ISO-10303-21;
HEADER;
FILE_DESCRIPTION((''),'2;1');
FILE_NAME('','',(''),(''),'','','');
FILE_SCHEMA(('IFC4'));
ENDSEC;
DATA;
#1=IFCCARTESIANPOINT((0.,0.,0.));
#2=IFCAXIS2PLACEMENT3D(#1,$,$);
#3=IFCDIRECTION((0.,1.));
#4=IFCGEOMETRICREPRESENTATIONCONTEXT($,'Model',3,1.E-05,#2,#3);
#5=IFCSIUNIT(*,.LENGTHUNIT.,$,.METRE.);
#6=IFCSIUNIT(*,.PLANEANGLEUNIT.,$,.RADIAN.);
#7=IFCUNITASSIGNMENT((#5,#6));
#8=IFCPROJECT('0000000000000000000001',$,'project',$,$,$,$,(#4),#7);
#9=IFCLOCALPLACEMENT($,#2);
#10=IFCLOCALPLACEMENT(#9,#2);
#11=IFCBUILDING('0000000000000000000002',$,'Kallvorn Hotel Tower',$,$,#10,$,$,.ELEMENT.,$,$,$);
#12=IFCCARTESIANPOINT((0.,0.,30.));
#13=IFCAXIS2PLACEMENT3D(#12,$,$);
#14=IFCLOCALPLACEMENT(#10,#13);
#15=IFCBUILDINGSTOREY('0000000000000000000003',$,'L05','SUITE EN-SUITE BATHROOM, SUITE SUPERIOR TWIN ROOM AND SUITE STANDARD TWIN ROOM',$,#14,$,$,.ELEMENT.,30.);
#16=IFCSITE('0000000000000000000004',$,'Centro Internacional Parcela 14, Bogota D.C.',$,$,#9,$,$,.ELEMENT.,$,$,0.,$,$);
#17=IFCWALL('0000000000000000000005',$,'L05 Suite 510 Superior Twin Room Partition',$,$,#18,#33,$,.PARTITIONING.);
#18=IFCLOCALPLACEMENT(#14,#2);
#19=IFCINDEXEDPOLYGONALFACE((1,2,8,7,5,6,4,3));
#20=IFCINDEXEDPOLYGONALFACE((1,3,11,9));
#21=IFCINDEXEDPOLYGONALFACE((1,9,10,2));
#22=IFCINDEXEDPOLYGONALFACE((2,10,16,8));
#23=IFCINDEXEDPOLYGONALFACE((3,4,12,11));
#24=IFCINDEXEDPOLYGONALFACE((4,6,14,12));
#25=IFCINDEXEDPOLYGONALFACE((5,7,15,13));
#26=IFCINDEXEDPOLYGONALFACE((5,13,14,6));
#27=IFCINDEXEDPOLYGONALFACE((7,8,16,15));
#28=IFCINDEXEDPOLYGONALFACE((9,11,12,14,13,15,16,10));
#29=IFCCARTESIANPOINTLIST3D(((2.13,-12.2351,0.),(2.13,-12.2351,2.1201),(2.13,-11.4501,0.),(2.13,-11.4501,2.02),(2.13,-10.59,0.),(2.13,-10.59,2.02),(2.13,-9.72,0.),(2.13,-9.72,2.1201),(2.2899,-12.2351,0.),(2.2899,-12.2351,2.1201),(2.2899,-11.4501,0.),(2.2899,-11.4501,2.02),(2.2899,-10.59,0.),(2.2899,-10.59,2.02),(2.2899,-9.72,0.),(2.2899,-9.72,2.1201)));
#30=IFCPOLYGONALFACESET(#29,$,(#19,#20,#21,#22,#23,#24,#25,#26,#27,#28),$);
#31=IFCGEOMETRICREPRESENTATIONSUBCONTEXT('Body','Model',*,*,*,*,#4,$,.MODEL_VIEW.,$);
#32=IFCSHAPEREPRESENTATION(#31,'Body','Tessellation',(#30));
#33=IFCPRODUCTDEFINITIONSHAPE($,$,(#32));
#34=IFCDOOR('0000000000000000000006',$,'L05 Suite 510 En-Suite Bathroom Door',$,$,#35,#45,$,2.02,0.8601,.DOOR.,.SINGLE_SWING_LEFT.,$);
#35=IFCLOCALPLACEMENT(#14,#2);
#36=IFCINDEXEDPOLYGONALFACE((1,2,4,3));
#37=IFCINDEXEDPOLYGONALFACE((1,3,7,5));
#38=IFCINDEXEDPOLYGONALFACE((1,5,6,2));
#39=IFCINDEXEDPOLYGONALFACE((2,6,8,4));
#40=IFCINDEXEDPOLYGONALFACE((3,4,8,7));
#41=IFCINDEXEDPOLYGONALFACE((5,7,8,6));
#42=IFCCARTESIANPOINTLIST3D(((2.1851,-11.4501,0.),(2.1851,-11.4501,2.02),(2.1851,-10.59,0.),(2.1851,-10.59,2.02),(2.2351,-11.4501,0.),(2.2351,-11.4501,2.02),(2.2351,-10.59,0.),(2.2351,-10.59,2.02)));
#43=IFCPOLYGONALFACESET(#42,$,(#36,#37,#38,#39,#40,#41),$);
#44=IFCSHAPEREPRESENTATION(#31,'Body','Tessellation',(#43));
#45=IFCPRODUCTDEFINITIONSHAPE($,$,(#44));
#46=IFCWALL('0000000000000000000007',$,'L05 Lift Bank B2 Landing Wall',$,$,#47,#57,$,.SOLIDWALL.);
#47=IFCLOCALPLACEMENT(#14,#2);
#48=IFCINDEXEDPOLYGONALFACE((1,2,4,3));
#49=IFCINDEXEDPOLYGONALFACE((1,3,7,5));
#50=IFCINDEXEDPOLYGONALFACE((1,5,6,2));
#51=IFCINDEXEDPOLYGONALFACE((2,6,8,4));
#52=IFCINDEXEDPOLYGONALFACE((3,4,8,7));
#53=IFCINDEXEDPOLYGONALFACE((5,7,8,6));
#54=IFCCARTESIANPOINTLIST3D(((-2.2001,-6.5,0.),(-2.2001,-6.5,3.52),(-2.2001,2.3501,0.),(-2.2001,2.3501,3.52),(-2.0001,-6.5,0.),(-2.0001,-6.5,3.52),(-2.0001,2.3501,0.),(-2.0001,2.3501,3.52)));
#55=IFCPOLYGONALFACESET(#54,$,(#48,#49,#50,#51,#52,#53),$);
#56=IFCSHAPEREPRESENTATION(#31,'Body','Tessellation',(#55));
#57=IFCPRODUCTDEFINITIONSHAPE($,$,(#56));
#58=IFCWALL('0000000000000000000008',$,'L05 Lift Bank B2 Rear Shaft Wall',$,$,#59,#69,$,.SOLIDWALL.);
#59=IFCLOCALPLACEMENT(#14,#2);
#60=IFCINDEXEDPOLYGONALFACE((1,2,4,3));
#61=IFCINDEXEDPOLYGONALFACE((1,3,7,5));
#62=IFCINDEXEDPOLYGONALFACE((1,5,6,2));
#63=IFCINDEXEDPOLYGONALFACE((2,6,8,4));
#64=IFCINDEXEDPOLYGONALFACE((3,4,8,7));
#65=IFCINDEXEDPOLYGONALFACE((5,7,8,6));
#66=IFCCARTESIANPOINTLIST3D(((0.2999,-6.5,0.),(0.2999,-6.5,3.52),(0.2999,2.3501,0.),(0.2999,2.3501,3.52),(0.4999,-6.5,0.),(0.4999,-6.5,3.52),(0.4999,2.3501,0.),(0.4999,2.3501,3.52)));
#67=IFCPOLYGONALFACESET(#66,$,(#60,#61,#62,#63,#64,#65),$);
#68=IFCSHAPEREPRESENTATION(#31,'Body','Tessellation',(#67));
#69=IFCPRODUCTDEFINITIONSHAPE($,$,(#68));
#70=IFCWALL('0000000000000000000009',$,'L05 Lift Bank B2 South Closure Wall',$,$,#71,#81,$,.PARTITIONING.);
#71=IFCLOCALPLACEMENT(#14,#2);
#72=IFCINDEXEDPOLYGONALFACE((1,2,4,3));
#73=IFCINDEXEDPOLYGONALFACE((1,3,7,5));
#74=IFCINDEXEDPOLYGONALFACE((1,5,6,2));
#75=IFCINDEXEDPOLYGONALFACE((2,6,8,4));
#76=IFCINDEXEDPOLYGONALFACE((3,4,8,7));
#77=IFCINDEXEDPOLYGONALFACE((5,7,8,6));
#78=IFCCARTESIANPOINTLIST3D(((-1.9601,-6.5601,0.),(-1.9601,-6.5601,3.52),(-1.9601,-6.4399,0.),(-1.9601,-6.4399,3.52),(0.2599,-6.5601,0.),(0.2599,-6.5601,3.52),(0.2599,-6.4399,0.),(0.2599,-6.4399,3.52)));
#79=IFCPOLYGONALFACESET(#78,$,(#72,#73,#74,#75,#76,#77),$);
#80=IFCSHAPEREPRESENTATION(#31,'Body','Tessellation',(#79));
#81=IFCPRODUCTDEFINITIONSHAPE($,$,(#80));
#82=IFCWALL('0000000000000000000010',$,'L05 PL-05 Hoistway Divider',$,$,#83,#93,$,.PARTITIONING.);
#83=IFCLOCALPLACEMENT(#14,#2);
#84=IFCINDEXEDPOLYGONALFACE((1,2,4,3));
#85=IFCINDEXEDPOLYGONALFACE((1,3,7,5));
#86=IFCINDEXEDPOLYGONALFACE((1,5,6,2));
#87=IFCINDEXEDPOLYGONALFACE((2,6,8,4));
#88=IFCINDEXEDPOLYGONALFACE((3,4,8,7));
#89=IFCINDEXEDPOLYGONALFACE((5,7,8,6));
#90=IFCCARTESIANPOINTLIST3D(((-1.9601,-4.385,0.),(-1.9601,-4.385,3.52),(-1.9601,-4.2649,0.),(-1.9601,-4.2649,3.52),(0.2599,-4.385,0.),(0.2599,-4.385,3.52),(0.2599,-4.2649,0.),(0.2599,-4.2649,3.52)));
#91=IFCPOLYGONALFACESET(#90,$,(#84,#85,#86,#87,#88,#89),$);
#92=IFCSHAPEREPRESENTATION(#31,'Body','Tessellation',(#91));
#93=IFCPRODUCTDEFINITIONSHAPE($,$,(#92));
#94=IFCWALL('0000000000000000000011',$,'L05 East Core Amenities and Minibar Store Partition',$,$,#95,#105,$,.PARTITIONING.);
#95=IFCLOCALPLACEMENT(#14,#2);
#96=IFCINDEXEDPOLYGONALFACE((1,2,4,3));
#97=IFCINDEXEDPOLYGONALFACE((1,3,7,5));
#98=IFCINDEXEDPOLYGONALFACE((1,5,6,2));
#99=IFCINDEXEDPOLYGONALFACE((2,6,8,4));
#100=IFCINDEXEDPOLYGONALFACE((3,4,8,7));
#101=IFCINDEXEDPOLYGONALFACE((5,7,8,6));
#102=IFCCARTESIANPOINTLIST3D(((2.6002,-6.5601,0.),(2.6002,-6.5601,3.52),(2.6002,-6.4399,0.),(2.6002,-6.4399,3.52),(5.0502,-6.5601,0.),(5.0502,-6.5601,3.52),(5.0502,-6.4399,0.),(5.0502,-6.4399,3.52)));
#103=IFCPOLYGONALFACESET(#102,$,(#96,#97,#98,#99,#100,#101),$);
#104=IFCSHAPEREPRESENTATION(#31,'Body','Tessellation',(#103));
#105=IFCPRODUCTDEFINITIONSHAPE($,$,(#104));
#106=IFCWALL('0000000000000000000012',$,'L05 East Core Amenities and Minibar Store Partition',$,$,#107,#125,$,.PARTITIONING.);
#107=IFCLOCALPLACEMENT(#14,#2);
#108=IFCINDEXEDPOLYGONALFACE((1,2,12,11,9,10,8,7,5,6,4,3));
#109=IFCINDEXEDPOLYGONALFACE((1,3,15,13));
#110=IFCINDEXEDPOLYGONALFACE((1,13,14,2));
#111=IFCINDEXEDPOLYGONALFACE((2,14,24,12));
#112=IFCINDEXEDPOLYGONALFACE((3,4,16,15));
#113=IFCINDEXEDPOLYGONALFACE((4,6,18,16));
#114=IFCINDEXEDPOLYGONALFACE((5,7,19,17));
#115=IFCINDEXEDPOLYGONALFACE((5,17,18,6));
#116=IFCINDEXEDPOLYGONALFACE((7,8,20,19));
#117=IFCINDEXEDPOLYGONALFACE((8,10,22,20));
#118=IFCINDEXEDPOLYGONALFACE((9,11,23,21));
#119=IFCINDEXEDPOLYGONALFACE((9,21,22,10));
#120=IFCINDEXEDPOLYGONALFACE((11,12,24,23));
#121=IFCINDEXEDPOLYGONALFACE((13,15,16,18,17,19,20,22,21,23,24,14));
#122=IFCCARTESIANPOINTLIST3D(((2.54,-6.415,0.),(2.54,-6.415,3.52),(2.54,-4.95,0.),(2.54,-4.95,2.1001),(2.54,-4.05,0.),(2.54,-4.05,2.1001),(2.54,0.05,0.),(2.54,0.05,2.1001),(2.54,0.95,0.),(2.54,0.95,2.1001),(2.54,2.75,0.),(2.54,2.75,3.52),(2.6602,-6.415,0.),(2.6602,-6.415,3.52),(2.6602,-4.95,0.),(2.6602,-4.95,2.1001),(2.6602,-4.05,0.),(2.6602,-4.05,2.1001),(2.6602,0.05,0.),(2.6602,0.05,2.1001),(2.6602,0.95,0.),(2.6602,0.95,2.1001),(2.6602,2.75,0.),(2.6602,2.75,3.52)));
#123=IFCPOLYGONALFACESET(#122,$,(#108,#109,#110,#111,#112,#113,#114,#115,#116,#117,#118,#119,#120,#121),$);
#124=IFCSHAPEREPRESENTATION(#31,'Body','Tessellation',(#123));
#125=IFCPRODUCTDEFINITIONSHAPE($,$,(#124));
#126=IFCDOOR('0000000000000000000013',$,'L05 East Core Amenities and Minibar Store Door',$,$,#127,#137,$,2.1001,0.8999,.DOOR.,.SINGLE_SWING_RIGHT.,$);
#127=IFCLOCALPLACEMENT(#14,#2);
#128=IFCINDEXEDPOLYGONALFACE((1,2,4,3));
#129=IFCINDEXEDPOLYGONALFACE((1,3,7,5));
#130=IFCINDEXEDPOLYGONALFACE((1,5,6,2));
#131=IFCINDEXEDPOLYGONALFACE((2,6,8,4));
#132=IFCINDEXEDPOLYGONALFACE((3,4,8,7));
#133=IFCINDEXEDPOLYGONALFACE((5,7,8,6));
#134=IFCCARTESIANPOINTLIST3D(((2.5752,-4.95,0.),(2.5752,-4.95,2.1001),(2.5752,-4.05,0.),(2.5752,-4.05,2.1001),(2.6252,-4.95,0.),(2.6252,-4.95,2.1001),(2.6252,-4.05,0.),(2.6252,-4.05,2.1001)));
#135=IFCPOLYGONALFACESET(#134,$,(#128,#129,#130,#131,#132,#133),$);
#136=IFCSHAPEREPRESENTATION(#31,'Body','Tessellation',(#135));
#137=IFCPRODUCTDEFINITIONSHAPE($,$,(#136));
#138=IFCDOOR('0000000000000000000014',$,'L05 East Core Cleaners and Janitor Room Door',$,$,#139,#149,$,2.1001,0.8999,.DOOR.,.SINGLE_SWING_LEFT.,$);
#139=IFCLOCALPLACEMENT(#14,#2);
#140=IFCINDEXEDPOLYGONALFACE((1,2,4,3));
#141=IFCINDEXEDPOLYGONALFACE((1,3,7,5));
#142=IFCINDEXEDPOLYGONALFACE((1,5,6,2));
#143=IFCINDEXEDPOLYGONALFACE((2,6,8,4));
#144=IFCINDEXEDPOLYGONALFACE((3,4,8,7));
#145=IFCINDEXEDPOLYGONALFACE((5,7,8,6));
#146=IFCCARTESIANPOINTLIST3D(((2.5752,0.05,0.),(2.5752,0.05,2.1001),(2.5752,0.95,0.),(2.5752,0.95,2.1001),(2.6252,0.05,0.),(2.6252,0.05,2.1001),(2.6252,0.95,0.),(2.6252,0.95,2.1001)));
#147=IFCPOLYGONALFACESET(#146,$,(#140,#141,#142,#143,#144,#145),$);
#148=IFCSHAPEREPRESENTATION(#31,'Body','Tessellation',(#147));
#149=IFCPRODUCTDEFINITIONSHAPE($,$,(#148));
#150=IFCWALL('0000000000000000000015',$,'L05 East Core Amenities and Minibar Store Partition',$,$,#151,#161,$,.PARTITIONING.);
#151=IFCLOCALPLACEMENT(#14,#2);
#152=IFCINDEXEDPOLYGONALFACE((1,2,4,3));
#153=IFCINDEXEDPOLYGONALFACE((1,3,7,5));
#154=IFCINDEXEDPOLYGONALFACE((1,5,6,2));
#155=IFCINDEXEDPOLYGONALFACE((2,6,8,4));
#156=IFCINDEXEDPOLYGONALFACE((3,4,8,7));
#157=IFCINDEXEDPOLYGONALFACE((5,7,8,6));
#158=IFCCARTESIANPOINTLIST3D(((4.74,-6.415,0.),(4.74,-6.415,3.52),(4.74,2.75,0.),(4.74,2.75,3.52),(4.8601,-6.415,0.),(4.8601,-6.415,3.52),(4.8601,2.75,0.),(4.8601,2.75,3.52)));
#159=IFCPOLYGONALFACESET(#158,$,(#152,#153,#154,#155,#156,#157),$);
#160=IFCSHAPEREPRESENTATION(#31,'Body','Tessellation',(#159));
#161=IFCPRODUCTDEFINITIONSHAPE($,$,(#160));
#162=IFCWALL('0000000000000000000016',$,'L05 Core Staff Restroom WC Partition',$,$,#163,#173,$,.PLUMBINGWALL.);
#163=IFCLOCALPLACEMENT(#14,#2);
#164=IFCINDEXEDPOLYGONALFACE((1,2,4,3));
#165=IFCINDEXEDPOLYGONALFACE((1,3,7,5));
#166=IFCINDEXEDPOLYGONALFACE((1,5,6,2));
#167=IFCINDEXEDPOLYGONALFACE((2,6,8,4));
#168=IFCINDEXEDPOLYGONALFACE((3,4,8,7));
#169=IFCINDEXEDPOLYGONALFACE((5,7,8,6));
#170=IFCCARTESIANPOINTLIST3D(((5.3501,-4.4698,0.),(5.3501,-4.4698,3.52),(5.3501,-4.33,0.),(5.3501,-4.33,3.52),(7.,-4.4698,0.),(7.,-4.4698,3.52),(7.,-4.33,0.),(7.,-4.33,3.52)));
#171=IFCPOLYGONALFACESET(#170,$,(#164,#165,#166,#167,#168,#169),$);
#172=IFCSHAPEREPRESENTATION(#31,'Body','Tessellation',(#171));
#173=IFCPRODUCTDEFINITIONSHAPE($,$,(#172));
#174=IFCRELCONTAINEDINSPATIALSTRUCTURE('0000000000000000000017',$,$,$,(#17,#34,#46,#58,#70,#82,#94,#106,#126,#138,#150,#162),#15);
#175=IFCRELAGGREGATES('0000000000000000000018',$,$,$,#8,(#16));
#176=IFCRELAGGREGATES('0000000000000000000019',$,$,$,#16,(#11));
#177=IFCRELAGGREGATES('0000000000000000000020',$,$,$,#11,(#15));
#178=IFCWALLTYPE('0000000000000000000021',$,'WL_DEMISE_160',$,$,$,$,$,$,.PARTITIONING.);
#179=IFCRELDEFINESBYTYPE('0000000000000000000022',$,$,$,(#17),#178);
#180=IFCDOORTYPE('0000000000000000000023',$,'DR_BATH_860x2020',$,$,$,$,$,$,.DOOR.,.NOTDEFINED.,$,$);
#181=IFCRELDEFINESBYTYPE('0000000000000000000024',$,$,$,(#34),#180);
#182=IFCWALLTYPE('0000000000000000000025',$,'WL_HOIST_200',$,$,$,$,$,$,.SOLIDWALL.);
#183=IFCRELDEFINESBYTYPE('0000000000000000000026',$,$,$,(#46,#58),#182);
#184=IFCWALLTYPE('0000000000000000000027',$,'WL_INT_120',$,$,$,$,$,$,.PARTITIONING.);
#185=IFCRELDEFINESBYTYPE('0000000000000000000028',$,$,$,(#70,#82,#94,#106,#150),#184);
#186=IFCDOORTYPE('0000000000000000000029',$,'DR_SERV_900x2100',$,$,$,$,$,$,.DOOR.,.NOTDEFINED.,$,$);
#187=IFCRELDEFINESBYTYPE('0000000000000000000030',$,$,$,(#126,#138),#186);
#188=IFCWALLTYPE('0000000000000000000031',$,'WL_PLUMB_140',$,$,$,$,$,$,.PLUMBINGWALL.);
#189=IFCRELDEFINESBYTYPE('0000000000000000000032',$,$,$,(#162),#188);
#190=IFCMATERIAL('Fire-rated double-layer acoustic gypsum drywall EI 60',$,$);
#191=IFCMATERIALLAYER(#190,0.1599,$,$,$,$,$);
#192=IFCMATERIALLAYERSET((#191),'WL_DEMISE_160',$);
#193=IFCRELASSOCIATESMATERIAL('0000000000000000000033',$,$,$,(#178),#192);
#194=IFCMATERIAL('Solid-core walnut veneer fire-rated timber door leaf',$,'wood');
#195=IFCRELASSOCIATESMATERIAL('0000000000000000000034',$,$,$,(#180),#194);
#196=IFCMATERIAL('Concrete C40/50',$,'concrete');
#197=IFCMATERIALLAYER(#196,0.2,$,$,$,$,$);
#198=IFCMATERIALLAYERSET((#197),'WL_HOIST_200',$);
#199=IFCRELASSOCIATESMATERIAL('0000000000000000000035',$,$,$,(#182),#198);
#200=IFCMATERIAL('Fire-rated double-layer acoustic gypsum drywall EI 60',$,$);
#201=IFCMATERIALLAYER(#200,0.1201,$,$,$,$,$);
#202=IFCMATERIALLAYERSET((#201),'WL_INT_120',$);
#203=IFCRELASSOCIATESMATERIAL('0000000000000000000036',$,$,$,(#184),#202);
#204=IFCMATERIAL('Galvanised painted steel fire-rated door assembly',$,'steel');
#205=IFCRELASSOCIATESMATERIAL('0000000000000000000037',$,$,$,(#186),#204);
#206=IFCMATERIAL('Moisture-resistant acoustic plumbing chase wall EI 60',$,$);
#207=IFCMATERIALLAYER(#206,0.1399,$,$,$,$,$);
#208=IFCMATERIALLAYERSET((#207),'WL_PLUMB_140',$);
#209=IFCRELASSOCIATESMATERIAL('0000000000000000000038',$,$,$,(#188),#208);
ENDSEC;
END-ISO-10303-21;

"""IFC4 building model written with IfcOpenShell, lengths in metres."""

from ifc_helpers import new_model, si_unit, direction, frame, frame_2d, origin, place, context, subcontext, project, spatial, rectangle, extrude, material, layer, layer_set, type_object, element, fill, save


model = new_model("IFC4")

# Units and contexts
model_context = context("Model", 3, precision=1e-05, world=origin(), true_north=direction((0.0, 1.0)))
body_context = subcontext(model_context, "Body", "Model", "MODEL_VIEW")
ifc_project = project(units=[si_unit("LENGTHUNIT", "METRE"), si_unit("PLANEANGLEUNIT", "RADIAN")], contexts=[model_context])

# Site, building, storey
site_placement = place(None, origin())
site = spatial("IfcSite", under=ifc_project, at=site_placement, Name="Centro Internacional Parcela 14, Bogota D.C.", CompositionType="ELEMENT", RefElevation=0.0)
building_placement = place(site_placement, origin())
building = spatial("IfcBuilding", under=site, at=building_placement, Name="Kallvorn Hotel Tower", CompositionType="ELEMENT")
storey_placement = place(building_placement, frame((0.0, 0.0, 30.0)))
storey = spatial("IfcBuildingStorey", under=building, at=storey_placement, Name="L05", Description="SUITE EN-SUITE BATHROOM, SUITE SUPERIOR TWIN ROOM AND SUITE STANDARD TWIN ROOM", CompositionType="ELEMENT", Elevation=30.0)

# Wall, opening, door
ifc_material_1 = material(Name="Fire-rated double-layer acoustic gypsum drywall EI 60")
ifc_layer_1 = layer(ifc_material_1, 0.1599)
ifc_layer_set_1 = layer_set([ifc_layer_1], Name="WL_DEMISE_160")
wall_type_1 = type_object("IfcWallType", Name="WL_DEMISE_160", PredefinedType="PARTITIONING", material=ifc_layer_set_1)
ifc_material_2 = material(Name="Solid-core walnut veneer fire-rated timber door leaf", Category="wood")
door_type_1 = type_object("IfcDoorType", Name="DR_BATH_860x2020", OperationType="NOTDEFINED", PredefinedType="DOOR", material=ifc_material_2)
wall_1_placement = place(storey_placement, frame((2.21, -12.2351, 0.0), z_axis=(0.0, 0.0, 1.0), x_axis=(0.0, 1.0, 0.0)))
wall_1 = element("IfcWall", 1, at=wall_1_placement, inside=storey, type_object=wall_type_1, Name="L05 Suite 510 Superior Twin Room Partition", PredefinedType="PARTITIONING", context=body_context, shape_type="SweptSolid", body=[
    extrude(rectangle(XDim=2.5151, YDim=0.1599, at=frame_2d((1.2576, 0.0))), origin(), (0.0, 0.0, 1.0), 2.1201),
])
opening_1_placement = place(wall_1_placement, frame((0.7849, 0.0, 0.0)))
opening_1 = element("IfcOpeningElement", 2, at=opening_1_placement, cuts=wall_1, PredefinedType="OPENING", context=body_context, shape_type="SweptSolid", body=[
    extrude(rectangle(XDim=0.8601, YDim=2.02, at=frame_2d((0.4302, 1.01))), frame((0.0, 0.095, 0.0), z_axis=(0.0, -1.0, 0.0), x_axis=(1.0, 0.0, 0.0)), (0.0, 0.0, 1.0), 0.1899),
])
door_1_placement = place(opening_1_placement, origin())
door_1 = element("IfcDoor", 3, at=door_1_placement, inside=storey, type_object=door_type_1, Name="L05 Suite 510 En-Suite Bathroom Door", OperationType="SINGLE_SWING_LEFT", OverallHeight=2.02, OverallWidth=0.8601, PredefinedType="DOOR", context=body_context, shape_type="SweptSolid", body=[
    extrude(rectangle(XDim=0.8601, YDim=2.02, at=frame_2d((0.4302, 1.01))), frame((0.0, 0.0249, 0.0), z_axis=(0.0, -1.0, 0.0), x_axis=(1.0, 0.0, 0.0)), (0.0, 0.0, 1.0), 0.05),
])
fill(opening_1, door_1)

# Walls
ifc_material_3 = material(Name="Concrete C40/50", Category="concrete")
ifc_layer_2 = layer(ifc_material_3, 0.2)
ifc_layer_set_2 = layer_set([ifc_layer_2], Name="WL_HOIST_200")
wall_type_2 = type_object("IfcWallType", Name="WL_HOIST_200", PredefinedType="SOLIDWALL", material=ifc_layer_set_2)
for number, where, z_axis, x_axis, name in (
    (4, (-2.1001, -6.5, 0.0), (0.0, 0.0, 1.0), (0.0, 1.0, 0.0), "L05 Lift Bank B2 Landing Wall"),
    (5, (0.3999, -6.5, 0.0), (0.0, 0.0, 1.0), (0.0, 1.0, 0.0), "L05 Lift Bank B2 Rear Shaft Wall"),
):
    element("IfcWall", number, at=place(storey_placement, frame(where, z_axis=z_axis, x_axis=x_axis)), inside=storey, type_object=wall_type_2, Name=name, PredefinedType="SOLIDWALL", context=body_context, shape_type="SweptSolid", body=[
        extrude(rectangle(XDim=8.8501, YDim=0.2, at=frame_2d((4.425, 0.0))), origin(), (0.0, 0.0, 1.0), 3.52),
    ])
ifc_material_4 = material(Name="Fire-rated double-layer acoustic gypsum drywall EI 60")
ifc_layer_3 = layer(ifc_material_4, 0.1201)
ifc_layer_set_3 = layer_set([ifc_layer_3], Name="WL_INT_120")
wall_type_3 = type_object("IfcWallType", Name="WL_INT_120", PredefinedType="PARTITIONING", material=ifc_layer_set_3)
for number, where, z_axis, x_axis, name in (
    (6, (-1.96, -6.5, 0.0), (0.0, 0.0, 1.0), (1.0, 0.0, 0.0), "L05 Lift Bank B2 South Closure Wall"),
    (7, (-1.96, -4.325, 0.0), (0.0, 0.0, 1.0), (1.0, 0.0, 0.0), "L05 PL-05 Hoistway Divider"),
):
    element("IfcWall", number, at=place(storey_placement, frame(where, z_axis=z_axis, x_axis=x_axis)), inside=storey, type_object=wall_type_3, Name=name, PredefinedType="PARTITIONING", context=body_context, shape_type="SweptSolid", body=[
        extrude(rectangle(XDim=2.22, YDim=0.1201, at=frame_2d((1.1099, 0.0))), origin(), (0.0, 0.0, 1.0), 3.52),
    ])
wall_2_placement = place(storey_placement, frame((2.6001, -6.5, 0.0), z_axis=(0.0, 0.0, 1.0), x_axis=(1.0, 0.0, 0.0)))
element("IfcWall", 8, at=wall_2_placement, inside=storey, type_object=wall_type_3, Name="L05 East Core Amenities and Minibar Store Partition", PredefinedType="PARTITIONING", context=body_context, shape_type="SweptSolid", body=[
    extrude(rectangle(XDim=2.45, YDim=0.1201, at=frame_2d((1.2251, 0.0))), origin(), (0.0, 0.0, 1.0), 3.52),
])

# Wall, openings, doors
wall_3_placement = place(storey_placement, frame((2.6001, -6.415, 0.0), z_axis=(0.0, 0.0, 1.0), x_axis=(0.0, 1.0, 0.0)))
wall_3 = element("IfcWall", 9, at=wall_3_placement, inside=storey, type_object=wall_type_3, Name="L05 East Core Amenities and Minibar Store Partition", PredefinedType="PARTITIONING", context=body_context, shape_type="SweptSolid", body=[
    extrude(rectangle(XDim=9.165, YDim=0.1201, at=frame_2d((4.5825, 0.0))), origin(), (0.0, 0.0, 1.0), 3.52),
])
opening_2_placement = place(wall_3_placement, frame((1.4651, 0.0, 0.0)))
opening_2 = element("IfcOpeningElement", 10, at=opening_2_placement, cuts=wall_3, PredefinedType="OPENING", context=body_context, shape_type="SweptSolid", body=[
    extrude(rectangle(XDim=0.8999, YDim=2.1001, at=frame_2d((0.45, 1.05))), frame((0.0, 0.075, 0.0), z_axis=(0.0, -1.0, 0.0), x_axis=(1.0, 0.0, 0.0)), (0.0, 0.0, 1.0), 0.1501),
])
opening_3_placement = place(wall_3_placement, frame((6.4651, 0.0, 0.0)))
opening_3 = element("IfcOpeningElement", 11, at=opening_3_placement, cuts=wall_3, PredefinedType="OPENING", context=body_context, shape_type="SweptSolid", body=[
    extrude(rectangle(XDim=0.8999, YDim=2.1001, at=frame_2d((0.45, 1.05))), frame((0.0, 0.075, 0.0), z_axis=(0.0, -1.0, 0.0), x_axis=(1.0, 0.0, 0.0)), (0.0, 0.0, 1.0), 0.1501),
])
ifc_material_5 = material(Name="Galvanised painted steel fire-rated door assembly", Category="steel")
door_type_2 = type_object("IfcDoorType", Name="DR_SERV_900x2100", OperationType="NOTDEFINED", PredefinedType="DOOR", material=ifc_material_5)
door_2_placement = place(opening_2_placement, origin())
door_2 = element("IfcDoor", 12, at=door_2_placement, inside=storey, type_object=door_type_2, Name="L05 East Core Amenities and Minibar Store Door", OperationType="SINGLE_SWING_RIGHT", OverallHeight=2.1001, OverallWidth=0.8999, PredefinedType="DOOR", context=body_context, shape_type="SweptSolid", body=[
    extrude(rectangle(XDim=0.8999, YDim=2.1001, at=frame_2d((0.45, 1.05))), frame((0.0, 0.0249, 0.0), z_axis=(0.0, -1.0, 0.0), x_axis=(1.0, 0.0, 0.0)), (0.0, 0.0, 1.0), 0.05),
])
fill(opening_2, door_2)
door_3_placement = place(opening_3_placement, origin())
door_3 = element("IfcDoor", 13, at=door_3_placement, inside=storey, type_object=door_type_2, Name="L05 East Core Cleaners and Janitor Room Door", OperationType="SINGLE_SWING_LEFT", OverallHeight=2.1001, OverallWidth=0.8999, PredefinedType="DOOR", context=body_context, shape_type="SweptSolid", body=[
    extrude(rectangle(XDim=0.8999, YDim=2.1001, at=frame_2d((0.45, 1.05))), frame((0.0, 0.0249, 0.0), z_axis=(0.0, -1.0, 0.0), x_axis=(1.0, 0.0, 0.0)), (0.0, 0.0, 1.0), 0.05),
])
fill(opening_3, door_3)

# Walls
wall_4_placement = place(storey_placement, frame((4.8, -6.415, 0.0), z_axis=(0.0, 0.0, 1.0), x_axis=(0.0, 1.0, 0.0)))
element("IfcWall", 14, at=wall_4_placement, inside=storey, type_object=wall_type_3, Name="L05 East Core Amenities and Minibar Store Partition", PredefinedType="PARTITIONING", context=body_context, shape_type="SweptSolid", body=[
    extrude(rectangle(XDim=9.165, YDim=0.1201, at=frame_2d((4.5825, 0.0))), origin(), (0.0, 0.0, 1.0), 3.52),
])
ifc_material_6 = material(Name="Moisture-resistant acoustic plumbing chase wall EI 60")
ifc_layer_4 = layer(ifc_material_6, 0.1399)
ifc_layer_set_4 = layer_set([ifc_layer_4], Name="WL_PLUMB_140")
wall_type_4 = type_object("IfcWallType", Name="WL_PLUMB_140", PredefinedType="PLUMBINGWALL", material=ifc_layer_set_4)
wall_5_placement = place(storey_placement, frame((5.3501, -4.3999, 0.0), z_axis=(0.0, 0.0, 1.0), x_axis=(1.0, 0.0, 0.0)))
element("IfcWall", 15, at=wall_5_placement, inside=storey, type_object=wall_type_4, Name="L05 Core Staff Restroom WC Partition", PredefinedType="PLUMBINGWALL", context=body_context, shape_type="SweptSolid", body=[
    extrude(rectangle(XDim=1.6499, YDim=0.1399, at=frame_2d((0.825, 0.0))), origin(), (0.0, 0.0, 1.0), 3.52),
])

save(model, "model.ifc")
